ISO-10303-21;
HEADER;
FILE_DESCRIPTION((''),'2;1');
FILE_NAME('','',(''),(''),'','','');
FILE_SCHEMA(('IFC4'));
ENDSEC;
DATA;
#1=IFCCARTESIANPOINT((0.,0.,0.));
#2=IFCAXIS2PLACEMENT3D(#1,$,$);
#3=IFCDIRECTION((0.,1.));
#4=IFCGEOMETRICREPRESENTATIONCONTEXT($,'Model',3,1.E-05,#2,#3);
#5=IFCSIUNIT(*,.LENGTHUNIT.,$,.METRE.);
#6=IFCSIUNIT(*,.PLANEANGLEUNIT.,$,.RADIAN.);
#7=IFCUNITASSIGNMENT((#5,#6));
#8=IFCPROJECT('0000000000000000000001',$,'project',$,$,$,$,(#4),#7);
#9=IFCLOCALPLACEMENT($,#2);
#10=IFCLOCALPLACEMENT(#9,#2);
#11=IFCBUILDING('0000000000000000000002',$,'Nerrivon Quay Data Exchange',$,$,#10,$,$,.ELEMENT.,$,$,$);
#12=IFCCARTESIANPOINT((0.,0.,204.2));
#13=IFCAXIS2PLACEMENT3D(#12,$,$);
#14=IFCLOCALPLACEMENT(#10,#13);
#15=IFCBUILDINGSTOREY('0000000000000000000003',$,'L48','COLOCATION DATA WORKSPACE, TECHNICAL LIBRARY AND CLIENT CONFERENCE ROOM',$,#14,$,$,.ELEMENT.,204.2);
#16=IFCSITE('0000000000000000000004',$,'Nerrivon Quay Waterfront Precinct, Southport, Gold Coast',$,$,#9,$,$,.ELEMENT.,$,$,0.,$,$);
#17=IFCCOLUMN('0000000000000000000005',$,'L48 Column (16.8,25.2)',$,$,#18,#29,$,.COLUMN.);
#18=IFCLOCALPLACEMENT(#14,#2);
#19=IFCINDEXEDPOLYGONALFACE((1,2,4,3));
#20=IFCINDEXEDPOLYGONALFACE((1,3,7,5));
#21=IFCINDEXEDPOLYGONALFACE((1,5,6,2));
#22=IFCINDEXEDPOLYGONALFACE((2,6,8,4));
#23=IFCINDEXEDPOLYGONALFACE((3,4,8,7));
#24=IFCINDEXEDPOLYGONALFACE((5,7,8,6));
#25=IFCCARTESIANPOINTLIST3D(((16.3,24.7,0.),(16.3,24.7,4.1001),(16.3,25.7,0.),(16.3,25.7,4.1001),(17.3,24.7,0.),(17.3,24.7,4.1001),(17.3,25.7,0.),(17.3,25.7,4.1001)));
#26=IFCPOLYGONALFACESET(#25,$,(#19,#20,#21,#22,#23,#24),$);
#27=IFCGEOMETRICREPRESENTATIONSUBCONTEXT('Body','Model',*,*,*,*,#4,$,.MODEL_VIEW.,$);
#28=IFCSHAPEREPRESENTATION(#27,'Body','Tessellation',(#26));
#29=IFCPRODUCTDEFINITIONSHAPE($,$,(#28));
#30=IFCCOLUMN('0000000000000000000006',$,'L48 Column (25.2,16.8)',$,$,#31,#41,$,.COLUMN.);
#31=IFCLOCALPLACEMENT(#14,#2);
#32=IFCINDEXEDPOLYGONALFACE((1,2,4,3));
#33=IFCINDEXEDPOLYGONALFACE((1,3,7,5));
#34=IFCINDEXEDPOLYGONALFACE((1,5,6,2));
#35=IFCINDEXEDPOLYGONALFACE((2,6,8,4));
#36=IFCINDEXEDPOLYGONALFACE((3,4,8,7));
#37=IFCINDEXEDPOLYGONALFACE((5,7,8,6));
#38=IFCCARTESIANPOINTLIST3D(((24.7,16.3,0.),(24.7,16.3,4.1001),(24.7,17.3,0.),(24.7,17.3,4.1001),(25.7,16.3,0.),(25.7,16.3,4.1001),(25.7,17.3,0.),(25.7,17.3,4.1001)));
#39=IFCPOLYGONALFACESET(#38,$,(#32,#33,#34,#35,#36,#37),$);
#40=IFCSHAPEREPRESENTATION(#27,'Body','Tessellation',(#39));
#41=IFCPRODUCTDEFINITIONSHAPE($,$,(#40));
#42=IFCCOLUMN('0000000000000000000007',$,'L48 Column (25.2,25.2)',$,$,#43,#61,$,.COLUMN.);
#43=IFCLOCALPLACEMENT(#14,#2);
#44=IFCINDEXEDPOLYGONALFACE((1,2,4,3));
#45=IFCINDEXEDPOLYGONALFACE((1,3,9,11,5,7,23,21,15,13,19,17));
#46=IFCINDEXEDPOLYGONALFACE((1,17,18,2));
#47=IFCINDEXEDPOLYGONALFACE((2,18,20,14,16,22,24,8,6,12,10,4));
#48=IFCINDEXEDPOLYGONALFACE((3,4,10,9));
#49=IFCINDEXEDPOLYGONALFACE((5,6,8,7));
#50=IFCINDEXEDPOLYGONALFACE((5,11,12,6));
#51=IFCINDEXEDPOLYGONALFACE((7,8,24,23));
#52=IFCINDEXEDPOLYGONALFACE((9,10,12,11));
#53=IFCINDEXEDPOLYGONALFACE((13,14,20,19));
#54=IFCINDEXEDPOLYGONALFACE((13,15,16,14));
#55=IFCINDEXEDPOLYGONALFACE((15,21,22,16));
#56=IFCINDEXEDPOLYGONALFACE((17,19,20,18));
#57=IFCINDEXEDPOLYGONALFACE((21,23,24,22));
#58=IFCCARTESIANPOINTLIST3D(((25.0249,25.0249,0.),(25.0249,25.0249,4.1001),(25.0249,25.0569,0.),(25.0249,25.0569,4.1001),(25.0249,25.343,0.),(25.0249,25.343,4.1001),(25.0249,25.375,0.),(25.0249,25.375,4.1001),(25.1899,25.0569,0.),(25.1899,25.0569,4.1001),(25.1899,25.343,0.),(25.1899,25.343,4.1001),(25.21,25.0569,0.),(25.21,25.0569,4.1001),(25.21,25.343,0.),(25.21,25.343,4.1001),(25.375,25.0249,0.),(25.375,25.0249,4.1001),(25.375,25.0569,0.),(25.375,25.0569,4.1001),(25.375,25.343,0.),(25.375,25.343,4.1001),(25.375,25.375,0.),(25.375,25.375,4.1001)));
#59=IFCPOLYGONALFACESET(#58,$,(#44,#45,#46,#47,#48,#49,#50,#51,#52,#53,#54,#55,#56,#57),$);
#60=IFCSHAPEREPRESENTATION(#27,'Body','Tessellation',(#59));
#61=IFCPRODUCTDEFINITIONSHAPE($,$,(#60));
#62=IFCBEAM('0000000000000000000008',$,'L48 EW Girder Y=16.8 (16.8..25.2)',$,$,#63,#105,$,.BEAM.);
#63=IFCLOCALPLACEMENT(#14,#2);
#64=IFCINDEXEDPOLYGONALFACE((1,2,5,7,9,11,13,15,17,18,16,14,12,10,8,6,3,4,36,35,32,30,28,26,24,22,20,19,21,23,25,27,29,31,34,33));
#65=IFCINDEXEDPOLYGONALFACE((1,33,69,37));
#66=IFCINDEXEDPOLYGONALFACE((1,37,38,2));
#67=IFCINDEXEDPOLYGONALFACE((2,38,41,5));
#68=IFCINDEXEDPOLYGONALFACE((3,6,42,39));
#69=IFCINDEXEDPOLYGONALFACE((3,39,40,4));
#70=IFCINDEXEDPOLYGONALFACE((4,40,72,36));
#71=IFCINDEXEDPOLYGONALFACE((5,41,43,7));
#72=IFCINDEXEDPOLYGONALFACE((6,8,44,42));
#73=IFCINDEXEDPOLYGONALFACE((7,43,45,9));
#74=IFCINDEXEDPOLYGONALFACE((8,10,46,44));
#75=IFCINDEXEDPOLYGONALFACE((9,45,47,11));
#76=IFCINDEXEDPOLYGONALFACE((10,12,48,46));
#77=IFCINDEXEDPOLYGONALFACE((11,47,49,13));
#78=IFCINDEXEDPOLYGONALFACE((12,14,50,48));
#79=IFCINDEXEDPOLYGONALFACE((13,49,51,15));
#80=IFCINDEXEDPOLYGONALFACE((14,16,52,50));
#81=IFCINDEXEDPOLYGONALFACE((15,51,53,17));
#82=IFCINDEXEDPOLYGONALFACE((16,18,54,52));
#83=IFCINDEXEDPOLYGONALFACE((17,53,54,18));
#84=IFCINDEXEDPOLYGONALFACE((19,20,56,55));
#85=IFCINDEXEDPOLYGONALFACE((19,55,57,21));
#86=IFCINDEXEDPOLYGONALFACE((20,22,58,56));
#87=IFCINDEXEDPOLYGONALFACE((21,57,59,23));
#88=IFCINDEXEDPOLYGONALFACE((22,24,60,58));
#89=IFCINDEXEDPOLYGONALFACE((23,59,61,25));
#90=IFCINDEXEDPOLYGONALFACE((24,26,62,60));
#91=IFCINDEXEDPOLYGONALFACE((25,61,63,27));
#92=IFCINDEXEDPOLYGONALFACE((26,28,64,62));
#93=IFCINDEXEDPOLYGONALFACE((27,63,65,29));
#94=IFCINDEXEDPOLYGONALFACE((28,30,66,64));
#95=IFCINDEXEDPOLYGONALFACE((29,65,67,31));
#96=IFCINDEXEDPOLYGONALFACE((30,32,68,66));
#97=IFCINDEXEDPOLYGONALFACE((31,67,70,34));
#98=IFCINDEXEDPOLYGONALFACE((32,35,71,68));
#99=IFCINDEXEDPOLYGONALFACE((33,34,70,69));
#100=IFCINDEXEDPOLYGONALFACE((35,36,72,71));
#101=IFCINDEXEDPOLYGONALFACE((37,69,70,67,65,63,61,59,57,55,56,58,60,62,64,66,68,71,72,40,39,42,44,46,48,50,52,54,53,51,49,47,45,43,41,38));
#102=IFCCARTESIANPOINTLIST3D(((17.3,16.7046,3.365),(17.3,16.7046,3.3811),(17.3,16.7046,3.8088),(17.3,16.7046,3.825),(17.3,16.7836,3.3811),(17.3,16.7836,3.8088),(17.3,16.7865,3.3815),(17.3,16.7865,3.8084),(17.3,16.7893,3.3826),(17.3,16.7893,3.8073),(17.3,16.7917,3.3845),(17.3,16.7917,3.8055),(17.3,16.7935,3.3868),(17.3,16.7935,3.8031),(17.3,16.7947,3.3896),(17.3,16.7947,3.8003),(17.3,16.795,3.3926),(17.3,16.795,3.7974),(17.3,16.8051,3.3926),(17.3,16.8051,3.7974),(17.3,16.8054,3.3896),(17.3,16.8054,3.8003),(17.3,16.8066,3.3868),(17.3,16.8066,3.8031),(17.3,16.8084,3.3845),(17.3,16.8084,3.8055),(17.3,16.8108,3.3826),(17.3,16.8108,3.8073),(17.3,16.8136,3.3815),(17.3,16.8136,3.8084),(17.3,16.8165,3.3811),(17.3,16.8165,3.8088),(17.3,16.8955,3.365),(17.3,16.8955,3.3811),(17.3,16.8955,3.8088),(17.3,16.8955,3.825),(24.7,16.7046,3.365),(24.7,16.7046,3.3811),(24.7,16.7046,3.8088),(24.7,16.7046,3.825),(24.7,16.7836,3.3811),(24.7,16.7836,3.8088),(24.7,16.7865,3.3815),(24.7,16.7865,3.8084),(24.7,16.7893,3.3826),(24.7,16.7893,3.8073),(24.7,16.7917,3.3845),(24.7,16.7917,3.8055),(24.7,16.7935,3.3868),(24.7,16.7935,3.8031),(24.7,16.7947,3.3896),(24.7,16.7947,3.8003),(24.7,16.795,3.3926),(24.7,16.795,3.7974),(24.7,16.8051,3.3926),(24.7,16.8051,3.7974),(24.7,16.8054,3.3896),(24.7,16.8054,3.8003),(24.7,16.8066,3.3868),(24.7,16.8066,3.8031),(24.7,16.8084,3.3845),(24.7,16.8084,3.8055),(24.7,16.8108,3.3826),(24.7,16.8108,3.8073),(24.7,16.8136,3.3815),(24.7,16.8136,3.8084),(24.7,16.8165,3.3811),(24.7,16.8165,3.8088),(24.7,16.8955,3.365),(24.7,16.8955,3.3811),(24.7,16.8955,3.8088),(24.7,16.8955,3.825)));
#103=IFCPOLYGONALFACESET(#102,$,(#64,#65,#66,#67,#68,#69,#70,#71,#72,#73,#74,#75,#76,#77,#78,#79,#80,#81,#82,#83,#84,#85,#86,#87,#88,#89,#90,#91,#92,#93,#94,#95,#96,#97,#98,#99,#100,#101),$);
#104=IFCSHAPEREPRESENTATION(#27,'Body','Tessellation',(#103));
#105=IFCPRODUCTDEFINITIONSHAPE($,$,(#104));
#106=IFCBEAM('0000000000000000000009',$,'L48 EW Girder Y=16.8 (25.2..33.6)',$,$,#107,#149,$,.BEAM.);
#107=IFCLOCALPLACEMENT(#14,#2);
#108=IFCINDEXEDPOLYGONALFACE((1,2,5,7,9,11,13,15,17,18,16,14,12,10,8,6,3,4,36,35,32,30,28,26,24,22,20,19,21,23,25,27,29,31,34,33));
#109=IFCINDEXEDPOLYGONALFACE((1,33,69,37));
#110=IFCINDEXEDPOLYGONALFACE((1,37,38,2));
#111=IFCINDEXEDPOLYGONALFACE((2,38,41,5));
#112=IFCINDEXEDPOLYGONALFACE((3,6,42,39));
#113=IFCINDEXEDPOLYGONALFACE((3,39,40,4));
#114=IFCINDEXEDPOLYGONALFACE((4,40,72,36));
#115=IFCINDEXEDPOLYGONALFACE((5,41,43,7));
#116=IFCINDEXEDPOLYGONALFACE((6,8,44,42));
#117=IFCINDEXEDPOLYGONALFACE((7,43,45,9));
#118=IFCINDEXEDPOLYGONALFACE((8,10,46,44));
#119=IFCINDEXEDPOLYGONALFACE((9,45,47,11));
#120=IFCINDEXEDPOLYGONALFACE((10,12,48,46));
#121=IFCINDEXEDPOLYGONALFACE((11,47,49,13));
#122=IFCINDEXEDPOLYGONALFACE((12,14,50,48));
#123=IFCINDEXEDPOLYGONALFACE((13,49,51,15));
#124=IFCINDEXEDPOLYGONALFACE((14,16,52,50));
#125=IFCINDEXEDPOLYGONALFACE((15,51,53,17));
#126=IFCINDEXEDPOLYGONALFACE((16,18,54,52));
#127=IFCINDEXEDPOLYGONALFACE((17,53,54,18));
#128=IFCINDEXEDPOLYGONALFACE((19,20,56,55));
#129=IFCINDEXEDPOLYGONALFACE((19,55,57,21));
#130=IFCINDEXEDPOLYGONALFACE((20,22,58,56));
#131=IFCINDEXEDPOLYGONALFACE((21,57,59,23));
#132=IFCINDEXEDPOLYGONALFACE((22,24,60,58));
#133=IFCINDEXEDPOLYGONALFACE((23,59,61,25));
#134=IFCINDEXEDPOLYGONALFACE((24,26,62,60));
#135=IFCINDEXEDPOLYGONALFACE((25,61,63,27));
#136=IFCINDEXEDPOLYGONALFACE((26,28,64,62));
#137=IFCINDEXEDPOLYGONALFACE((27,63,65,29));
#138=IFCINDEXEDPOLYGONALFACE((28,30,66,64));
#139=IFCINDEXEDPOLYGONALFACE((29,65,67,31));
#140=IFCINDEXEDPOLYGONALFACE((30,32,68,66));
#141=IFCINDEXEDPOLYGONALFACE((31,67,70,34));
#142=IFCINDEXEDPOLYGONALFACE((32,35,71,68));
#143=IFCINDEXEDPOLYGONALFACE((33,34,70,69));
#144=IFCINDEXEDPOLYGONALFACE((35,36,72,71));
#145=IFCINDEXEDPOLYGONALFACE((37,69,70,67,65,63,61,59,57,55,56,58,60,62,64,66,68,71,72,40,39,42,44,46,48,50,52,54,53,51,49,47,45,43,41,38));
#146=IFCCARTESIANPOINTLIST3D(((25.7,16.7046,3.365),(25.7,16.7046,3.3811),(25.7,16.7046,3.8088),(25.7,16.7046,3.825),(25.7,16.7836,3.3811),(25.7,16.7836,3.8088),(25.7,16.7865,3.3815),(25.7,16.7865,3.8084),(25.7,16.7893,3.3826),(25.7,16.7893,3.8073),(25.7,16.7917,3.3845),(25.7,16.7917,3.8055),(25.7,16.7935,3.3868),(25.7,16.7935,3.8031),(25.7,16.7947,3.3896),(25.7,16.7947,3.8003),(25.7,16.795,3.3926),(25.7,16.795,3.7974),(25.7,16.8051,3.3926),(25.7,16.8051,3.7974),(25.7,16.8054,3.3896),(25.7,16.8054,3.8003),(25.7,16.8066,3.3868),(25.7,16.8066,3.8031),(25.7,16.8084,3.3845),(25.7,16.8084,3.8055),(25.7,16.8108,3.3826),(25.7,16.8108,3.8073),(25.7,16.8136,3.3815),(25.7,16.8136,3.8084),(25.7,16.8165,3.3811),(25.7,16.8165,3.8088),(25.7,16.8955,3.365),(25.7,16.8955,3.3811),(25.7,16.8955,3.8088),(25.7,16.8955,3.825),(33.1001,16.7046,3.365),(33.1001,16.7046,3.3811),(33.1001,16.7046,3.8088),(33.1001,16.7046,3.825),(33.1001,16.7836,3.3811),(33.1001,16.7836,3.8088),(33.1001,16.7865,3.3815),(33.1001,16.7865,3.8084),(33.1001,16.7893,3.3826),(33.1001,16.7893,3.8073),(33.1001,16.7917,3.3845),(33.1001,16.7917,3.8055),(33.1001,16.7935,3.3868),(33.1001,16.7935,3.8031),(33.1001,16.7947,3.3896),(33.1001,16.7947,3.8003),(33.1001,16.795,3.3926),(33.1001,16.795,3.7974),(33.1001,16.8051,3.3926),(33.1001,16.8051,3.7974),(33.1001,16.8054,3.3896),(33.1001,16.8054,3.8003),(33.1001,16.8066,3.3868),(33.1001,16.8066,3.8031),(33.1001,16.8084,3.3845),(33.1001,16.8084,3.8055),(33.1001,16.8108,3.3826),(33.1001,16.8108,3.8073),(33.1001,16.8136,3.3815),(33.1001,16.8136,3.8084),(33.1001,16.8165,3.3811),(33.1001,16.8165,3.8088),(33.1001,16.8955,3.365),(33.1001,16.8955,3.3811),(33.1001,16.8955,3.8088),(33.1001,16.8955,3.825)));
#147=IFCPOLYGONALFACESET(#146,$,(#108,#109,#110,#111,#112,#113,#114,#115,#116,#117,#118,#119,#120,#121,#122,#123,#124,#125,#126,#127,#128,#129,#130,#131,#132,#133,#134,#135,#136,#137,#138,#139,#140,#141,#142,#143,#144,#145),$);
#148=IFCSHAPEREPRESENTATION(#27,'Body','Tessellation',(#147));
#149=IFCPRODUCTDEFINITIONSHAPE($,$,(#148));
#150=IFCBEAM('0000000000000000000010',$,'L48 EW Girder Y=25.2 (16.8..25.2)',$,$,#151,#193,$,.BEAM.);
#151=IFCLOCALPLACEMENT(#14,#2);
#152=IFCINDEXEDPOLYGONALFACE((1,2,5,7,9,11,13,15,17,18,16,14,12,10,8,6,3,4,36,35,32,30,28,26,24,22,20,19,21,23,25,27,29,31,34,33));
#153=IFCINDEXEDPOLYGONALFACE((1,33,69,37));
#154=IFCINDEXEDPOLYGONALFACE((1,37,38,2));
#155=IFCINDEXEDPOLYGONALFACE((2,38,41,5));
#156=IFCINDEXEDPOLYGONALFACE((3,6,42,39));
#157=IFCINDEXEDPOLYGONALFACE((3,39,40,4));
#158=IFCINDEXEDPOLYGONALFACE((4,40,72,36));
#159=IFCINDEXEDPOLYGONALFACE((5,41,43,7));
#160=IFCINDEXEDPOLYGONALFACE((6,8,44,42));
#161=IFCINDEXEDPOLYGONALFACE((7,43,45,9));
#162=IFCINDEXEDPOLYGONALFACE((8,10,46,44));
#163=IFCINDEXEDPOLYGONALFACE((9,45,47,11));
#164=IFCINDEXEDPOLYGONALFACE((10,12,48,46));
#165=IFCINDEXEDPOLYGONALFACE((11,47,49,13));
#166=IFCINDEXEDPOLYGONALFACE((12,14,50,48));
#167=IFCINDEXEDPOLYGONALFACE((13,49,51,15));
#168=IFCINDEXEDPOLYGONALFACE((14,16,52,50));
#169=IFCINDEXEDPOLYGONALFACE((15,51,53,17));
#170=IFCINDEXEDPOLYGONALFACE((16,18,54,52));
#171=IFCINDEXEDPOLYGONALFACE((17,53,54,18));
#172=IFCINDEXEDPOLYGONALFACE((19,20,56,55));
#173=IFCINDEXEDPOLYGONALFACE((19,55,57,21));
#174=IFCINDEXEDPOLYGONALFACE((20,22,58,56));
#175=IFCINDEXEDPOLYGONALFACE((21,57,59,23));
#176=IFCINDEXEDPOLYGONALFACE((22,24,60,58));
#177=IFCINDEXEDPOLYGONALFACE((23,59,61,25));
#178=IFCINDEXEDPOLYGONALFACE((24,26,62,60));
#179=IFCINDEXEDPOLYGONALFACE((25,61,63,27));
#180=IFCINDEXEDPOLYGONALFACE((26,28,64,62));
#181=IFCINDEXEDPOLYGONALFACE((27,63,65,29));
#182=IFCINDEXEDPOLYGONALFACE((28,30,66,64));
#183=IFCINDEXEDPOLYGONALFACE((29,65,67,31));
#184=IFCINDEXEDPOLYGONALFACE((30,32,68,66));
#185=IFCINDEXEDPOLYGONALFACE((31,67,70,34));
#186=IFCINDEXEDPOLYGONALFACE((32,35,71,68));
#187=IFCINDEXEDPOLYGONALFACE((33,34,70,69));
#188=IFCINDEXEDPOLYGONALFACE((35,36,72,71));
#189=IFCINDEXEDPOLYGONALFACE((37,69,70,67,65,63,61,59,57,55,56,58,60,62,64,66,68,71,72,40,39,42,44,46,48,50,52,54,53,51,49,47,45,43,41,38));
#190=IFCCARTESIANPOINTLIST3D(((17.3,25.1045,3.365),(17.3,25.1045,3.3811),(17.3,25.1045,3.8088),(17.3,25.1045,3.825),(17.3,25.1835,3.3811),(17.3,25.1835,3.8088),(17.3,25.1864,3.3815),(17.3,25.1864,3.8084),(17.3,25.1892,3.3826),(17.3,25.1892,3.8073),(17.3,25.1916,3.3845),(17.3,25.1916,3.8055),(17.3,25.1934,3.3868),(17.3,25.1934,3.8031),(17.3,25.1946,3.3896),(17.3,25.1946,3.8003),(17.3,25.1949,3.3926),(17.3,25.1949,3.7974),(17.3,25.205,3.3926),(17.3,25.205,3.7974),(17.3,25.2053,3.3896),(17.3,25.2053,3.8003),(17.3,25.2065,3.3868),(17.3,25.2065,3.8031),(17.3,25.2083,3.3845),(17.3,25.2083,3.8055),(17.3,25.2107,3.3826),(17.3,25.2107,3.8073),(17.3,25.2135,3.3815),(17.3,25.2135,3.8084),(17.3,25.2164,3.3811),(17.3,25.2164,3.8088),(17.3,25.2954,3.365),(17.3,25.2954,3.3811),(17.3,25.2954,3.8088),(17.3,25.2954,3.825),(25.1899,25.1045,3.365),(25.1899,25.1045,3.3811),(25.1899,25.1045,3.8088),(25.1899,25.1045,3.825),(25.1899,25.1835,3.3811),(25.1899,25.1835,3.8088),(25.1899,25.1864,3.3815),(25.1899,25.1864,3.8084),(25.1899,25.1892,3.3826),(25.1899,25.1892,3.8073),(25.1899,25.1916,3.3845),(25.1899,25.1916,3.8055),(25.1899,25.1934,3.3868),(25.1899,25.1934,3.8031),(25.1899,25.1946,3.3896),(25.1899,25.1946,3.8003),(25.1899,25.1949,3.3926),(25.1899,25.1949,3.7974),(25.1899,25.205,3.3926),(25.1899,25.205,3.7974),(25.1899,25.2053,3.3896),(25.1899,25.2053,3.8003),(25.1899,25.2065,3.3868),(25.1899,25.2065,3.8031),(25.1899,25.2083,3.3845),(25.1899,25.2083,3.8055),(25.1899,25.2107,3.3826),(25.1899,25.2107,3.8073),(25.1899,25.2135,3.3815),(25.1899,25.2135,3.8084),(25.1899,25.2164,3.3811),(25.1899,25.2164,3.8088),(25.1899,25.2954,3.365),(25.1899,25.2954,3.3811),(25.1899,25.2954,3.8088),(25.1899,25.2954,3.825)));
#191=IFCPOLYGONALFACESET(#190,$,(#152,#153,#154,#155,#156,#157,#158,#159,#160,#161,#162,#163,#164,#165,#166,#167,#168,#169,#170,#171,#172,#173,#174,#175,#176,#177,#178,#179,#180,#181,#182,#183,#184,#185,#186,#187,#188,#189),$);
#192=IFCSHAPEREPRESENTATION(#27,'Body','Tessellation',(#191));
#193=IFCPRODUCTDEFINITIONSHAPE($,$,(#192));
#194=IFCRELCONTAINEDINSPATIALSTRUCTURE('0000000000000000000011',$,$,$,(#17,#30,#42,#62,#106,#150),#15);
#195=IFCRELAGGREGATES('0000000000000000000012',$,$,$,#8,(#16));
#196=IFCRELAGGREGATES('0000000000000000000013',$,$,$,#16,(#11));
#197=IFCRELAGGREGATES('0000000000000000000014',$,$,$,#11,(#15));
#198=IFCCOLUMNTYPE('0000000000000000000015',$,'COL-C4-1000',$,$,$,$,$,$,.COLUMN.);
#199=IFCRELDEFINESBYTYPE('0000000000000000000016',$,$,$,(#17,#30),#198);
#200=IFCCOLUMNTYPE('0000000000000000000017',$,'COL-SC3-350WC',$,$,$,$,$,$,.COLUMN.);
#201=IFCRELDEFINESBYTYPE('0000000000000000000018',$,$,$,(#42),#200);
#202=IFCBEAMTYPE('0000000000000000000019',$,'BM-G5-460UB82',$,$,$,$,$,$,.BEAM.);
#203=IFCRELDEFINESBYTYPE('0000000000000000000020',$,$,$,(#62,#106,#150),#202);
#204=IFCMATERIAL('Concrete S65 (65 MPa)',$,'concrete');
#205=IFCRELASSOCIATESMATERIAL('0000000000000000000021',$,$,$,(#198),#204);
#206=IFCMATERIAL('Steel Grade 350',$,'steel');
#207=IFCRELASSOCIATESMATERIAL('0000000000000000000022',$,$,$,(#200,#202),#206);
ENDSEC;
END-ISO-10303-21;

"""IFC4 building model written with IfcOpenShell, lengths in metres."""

from ifc_helpers import new_model, si_unit, direction, frame, origin, origin_2d, place, context, subcontext, project, spatial, rectangle, i_section, extrude, material, material_profile, profile_set, type_object, element, save


model = new_model("IFC4")

# Units and contexts
model_context = context("Model", 3, precision=1e-05, world=origin(), true_north=direction((0.0, 1.0)))
body_context = subcontext(model_context, "Body", "Model", "MODEL_VIEW")
ifc_project = project(units=[si_unit("LENGTHUNIT", "METRE"), si_unit("PLANEANGLEUNIT", "RADIAN")], contexts=[model_context])

# Site, building, storey
site_placement = place(None, origin())
site = spatial("IfcSite", under=ifc_project, at=site_placement, Name="Nerrivon Quay Waterfront Precinct, Southport, Gold Coast", CompositionType="ELEMENT", RefElevation=0.0)
building_placement = place(site_placement, origin())
building = spatial("IfcBuilding", under=site, at=building_placement, Name="Nerrivon Quay Data Exchange", CompositionType="ELEMENT")
storey_placement = place(building_placement, frame((0.0, 0.0, 204.2)))
storey = spatial("IfcBuildingStorey", under=building, at=storey_placement, Name="L48", Description="COLOCATION DATA WORKSPACE, TECHNICAL LIBRARY AND CLIENT CONFERENCE ROOM", CompositionType="ELEMENT", Elevation=204.2)

# Columns
ifc_material_1 = material(Name="Concrete S65 (65 MPa)", Category="concrete")
ifc_material_profile_1 = material_profile(ifc_material_1, rectangle(XDim=1.0, YDim=1.0, at=origin_2d()), Name="RC-COL-1000x1000")
ifc_profile_set_1 = profile_set([ifc_material_profile_1], Name="Concrete S65 (65 MPa)")
column_type_1 = type_object("IfcColumnType", Name="COL-C4-1000", PredefinedType="COLUMN", material=ifc_profile_set_1)
for number, where, z_axis, x_axis, name in (
    (1, (16.8, 25.2, 0.0), (0.0, 0.0, 1.0), (1.0, 0.0, 0.0), "L48 Column (16.8,25.2)"),
    (2, (25.2, 16.8, 0.0), (0.0, 0.0, 1.0), (1.0, 0.0, 0.0), "L48 Column (25.2,16.8)"),
):
    element("IfcColumn", number, at=place(storey_placement, frame(where, z_axis=z_axis, x_axis=x_axis)), inside=storey, type_object=column_type_1, Name=name, PredefinedType="COLUMN", context=body_context, shape_type="SweptSolid", body=[
        extrude(rectangle(XDim=1.0, YDim=1.0, at=origin_2d()), origin(), (0.0, 0.0, 1.0), 4.1001),
    ])
ifc_material_2 = material(Name="Steel Grade 350", Category="steel")
ifc_material_profile_2 = material_profile(ifc_material_2, i_section(OverallWidth=0.3501, OverallDepth=0.3501, WebThickness=0.02, FlangeThickness=0.032, at=origin_2d()), Name="350WC230")
ifc_profile_set_2 = profile_set([ifc_material_profile_2], Name="Steel Grade 350")
column_type_2 = type_object("IfcColumnType", Name="COL-SC3-350WC", PredefinedType="COLUMN", material=ifc_profile_set_2)
column_placement = place(storey_placement, frame((25.2, 25.2, 0.0), z_axis=(0.0, 0.0, 1.0), x_axis=(1.0, 0.0, 0.0)))
element("IfcColumn", 3, at=column_placement, inside=storey, type_object=column_type_2, Name="L48 Column (25.2,25.2)", PredefinedType="COLUMN", context=body_context, shape_type="SweptSolid", body=[
    extrude(i_section(OverallWidth=0.3501, OverallDepth=0.3501, WebThickness=0.02, FlangeThickness=0.032, at=origin_2d()), origin(), (0.0, 0.0, 1.0), 4.1001),
])

# Beams
ifc_material_profile_3 = material_profile(ifc_material_2, i_section(OverallWidth=0.1909, OverallDepth=0.46, WebThickness=0.01, FlangeThickness=0.0161, FilletRadius=0.0115, at=origin_2d()), Name="460UB82.1")
ifc_profile_set_3 = profile_set([ifc_material_profile_3], Name="Steel Grade 350")
beam_type_1 = type_object("IfcBeamType", Name="BM-G5-460UB82", PredefinedType="BEAM", material=ifc_profile_set_3)
beam_1_placement = place(storey_placement, frame((17.3, 16.8, 3.595), z_axis=(1.0, 0.0, 0.0), x_axis=(0.0, 1.0, 0.0)))
element("IfcBeam", 4, at=beam_1_placement, inside=storey, type_object=beam_type_1, Name="L48 EW Girder Y=16.8 (16.8..25.2)", PredefinedType="BEAM", context=body_context, shape_type="SweptSolid", body=[
    extrude(i_section(OverallWidth=0.1909, OverallDepth=0.46, WebThickness=0.01, FlangeThickness=0.0161, FilletRadius=0.0115, at=origin_2d()), origin(), (0.0, 0.0, 1.0), 7.3999),
])
beam_2_placement = place(storey_placement, frame((25.7, 16.8, 3.595), z_axis=(1.0, 0.0, 0.0), x_axis=(0.0, 1.0, 0.0)))
element("IfcBeam", 5, at=beam_2_placement, inside=storey, type_object=beam_type_1, Name="L48 EW Girder Y=16.8 (25.2..33.6)", PredefinedType="BEAM", context=body_context, shape_type="SweptSolid", body=[
    extrude(i_section(OverallWidth=0.1909, OverallDepth=0.46, WebThickness=0.01, FlangeThickness=0.0161, FilletRadius=0.0115, at=origin_2d()), origin(), (0.0, 0.0, 1.0), 7.4001),
])
beam_3_placement = place(storey_placement, frame((17.3, 25.2, 3.595), z_axis=(1.0, 0.0, 0.0), x_axis=(0.0, 1.0, 0.0)))
element("IfcBeam", 6, at=beam_3_placement, inside=storey, type_object=beam_type_1, Name="L48 EW Girder Y=25.2 (16.8..25.2)", PredefinedType="BEAM", context=body_context, shape_type="SweptSolid", body=[
    extrude(i_section(OverallWidth=0.1909, OverallDepth=0.46, WebThickness=0.01, FlangeThickness=0.0161, FilletRadius=0.0115, at=origin_2d()), origin(), (0.0, 0.0, 1.0), 7.8899),
])

save(model, "model.ifc")
